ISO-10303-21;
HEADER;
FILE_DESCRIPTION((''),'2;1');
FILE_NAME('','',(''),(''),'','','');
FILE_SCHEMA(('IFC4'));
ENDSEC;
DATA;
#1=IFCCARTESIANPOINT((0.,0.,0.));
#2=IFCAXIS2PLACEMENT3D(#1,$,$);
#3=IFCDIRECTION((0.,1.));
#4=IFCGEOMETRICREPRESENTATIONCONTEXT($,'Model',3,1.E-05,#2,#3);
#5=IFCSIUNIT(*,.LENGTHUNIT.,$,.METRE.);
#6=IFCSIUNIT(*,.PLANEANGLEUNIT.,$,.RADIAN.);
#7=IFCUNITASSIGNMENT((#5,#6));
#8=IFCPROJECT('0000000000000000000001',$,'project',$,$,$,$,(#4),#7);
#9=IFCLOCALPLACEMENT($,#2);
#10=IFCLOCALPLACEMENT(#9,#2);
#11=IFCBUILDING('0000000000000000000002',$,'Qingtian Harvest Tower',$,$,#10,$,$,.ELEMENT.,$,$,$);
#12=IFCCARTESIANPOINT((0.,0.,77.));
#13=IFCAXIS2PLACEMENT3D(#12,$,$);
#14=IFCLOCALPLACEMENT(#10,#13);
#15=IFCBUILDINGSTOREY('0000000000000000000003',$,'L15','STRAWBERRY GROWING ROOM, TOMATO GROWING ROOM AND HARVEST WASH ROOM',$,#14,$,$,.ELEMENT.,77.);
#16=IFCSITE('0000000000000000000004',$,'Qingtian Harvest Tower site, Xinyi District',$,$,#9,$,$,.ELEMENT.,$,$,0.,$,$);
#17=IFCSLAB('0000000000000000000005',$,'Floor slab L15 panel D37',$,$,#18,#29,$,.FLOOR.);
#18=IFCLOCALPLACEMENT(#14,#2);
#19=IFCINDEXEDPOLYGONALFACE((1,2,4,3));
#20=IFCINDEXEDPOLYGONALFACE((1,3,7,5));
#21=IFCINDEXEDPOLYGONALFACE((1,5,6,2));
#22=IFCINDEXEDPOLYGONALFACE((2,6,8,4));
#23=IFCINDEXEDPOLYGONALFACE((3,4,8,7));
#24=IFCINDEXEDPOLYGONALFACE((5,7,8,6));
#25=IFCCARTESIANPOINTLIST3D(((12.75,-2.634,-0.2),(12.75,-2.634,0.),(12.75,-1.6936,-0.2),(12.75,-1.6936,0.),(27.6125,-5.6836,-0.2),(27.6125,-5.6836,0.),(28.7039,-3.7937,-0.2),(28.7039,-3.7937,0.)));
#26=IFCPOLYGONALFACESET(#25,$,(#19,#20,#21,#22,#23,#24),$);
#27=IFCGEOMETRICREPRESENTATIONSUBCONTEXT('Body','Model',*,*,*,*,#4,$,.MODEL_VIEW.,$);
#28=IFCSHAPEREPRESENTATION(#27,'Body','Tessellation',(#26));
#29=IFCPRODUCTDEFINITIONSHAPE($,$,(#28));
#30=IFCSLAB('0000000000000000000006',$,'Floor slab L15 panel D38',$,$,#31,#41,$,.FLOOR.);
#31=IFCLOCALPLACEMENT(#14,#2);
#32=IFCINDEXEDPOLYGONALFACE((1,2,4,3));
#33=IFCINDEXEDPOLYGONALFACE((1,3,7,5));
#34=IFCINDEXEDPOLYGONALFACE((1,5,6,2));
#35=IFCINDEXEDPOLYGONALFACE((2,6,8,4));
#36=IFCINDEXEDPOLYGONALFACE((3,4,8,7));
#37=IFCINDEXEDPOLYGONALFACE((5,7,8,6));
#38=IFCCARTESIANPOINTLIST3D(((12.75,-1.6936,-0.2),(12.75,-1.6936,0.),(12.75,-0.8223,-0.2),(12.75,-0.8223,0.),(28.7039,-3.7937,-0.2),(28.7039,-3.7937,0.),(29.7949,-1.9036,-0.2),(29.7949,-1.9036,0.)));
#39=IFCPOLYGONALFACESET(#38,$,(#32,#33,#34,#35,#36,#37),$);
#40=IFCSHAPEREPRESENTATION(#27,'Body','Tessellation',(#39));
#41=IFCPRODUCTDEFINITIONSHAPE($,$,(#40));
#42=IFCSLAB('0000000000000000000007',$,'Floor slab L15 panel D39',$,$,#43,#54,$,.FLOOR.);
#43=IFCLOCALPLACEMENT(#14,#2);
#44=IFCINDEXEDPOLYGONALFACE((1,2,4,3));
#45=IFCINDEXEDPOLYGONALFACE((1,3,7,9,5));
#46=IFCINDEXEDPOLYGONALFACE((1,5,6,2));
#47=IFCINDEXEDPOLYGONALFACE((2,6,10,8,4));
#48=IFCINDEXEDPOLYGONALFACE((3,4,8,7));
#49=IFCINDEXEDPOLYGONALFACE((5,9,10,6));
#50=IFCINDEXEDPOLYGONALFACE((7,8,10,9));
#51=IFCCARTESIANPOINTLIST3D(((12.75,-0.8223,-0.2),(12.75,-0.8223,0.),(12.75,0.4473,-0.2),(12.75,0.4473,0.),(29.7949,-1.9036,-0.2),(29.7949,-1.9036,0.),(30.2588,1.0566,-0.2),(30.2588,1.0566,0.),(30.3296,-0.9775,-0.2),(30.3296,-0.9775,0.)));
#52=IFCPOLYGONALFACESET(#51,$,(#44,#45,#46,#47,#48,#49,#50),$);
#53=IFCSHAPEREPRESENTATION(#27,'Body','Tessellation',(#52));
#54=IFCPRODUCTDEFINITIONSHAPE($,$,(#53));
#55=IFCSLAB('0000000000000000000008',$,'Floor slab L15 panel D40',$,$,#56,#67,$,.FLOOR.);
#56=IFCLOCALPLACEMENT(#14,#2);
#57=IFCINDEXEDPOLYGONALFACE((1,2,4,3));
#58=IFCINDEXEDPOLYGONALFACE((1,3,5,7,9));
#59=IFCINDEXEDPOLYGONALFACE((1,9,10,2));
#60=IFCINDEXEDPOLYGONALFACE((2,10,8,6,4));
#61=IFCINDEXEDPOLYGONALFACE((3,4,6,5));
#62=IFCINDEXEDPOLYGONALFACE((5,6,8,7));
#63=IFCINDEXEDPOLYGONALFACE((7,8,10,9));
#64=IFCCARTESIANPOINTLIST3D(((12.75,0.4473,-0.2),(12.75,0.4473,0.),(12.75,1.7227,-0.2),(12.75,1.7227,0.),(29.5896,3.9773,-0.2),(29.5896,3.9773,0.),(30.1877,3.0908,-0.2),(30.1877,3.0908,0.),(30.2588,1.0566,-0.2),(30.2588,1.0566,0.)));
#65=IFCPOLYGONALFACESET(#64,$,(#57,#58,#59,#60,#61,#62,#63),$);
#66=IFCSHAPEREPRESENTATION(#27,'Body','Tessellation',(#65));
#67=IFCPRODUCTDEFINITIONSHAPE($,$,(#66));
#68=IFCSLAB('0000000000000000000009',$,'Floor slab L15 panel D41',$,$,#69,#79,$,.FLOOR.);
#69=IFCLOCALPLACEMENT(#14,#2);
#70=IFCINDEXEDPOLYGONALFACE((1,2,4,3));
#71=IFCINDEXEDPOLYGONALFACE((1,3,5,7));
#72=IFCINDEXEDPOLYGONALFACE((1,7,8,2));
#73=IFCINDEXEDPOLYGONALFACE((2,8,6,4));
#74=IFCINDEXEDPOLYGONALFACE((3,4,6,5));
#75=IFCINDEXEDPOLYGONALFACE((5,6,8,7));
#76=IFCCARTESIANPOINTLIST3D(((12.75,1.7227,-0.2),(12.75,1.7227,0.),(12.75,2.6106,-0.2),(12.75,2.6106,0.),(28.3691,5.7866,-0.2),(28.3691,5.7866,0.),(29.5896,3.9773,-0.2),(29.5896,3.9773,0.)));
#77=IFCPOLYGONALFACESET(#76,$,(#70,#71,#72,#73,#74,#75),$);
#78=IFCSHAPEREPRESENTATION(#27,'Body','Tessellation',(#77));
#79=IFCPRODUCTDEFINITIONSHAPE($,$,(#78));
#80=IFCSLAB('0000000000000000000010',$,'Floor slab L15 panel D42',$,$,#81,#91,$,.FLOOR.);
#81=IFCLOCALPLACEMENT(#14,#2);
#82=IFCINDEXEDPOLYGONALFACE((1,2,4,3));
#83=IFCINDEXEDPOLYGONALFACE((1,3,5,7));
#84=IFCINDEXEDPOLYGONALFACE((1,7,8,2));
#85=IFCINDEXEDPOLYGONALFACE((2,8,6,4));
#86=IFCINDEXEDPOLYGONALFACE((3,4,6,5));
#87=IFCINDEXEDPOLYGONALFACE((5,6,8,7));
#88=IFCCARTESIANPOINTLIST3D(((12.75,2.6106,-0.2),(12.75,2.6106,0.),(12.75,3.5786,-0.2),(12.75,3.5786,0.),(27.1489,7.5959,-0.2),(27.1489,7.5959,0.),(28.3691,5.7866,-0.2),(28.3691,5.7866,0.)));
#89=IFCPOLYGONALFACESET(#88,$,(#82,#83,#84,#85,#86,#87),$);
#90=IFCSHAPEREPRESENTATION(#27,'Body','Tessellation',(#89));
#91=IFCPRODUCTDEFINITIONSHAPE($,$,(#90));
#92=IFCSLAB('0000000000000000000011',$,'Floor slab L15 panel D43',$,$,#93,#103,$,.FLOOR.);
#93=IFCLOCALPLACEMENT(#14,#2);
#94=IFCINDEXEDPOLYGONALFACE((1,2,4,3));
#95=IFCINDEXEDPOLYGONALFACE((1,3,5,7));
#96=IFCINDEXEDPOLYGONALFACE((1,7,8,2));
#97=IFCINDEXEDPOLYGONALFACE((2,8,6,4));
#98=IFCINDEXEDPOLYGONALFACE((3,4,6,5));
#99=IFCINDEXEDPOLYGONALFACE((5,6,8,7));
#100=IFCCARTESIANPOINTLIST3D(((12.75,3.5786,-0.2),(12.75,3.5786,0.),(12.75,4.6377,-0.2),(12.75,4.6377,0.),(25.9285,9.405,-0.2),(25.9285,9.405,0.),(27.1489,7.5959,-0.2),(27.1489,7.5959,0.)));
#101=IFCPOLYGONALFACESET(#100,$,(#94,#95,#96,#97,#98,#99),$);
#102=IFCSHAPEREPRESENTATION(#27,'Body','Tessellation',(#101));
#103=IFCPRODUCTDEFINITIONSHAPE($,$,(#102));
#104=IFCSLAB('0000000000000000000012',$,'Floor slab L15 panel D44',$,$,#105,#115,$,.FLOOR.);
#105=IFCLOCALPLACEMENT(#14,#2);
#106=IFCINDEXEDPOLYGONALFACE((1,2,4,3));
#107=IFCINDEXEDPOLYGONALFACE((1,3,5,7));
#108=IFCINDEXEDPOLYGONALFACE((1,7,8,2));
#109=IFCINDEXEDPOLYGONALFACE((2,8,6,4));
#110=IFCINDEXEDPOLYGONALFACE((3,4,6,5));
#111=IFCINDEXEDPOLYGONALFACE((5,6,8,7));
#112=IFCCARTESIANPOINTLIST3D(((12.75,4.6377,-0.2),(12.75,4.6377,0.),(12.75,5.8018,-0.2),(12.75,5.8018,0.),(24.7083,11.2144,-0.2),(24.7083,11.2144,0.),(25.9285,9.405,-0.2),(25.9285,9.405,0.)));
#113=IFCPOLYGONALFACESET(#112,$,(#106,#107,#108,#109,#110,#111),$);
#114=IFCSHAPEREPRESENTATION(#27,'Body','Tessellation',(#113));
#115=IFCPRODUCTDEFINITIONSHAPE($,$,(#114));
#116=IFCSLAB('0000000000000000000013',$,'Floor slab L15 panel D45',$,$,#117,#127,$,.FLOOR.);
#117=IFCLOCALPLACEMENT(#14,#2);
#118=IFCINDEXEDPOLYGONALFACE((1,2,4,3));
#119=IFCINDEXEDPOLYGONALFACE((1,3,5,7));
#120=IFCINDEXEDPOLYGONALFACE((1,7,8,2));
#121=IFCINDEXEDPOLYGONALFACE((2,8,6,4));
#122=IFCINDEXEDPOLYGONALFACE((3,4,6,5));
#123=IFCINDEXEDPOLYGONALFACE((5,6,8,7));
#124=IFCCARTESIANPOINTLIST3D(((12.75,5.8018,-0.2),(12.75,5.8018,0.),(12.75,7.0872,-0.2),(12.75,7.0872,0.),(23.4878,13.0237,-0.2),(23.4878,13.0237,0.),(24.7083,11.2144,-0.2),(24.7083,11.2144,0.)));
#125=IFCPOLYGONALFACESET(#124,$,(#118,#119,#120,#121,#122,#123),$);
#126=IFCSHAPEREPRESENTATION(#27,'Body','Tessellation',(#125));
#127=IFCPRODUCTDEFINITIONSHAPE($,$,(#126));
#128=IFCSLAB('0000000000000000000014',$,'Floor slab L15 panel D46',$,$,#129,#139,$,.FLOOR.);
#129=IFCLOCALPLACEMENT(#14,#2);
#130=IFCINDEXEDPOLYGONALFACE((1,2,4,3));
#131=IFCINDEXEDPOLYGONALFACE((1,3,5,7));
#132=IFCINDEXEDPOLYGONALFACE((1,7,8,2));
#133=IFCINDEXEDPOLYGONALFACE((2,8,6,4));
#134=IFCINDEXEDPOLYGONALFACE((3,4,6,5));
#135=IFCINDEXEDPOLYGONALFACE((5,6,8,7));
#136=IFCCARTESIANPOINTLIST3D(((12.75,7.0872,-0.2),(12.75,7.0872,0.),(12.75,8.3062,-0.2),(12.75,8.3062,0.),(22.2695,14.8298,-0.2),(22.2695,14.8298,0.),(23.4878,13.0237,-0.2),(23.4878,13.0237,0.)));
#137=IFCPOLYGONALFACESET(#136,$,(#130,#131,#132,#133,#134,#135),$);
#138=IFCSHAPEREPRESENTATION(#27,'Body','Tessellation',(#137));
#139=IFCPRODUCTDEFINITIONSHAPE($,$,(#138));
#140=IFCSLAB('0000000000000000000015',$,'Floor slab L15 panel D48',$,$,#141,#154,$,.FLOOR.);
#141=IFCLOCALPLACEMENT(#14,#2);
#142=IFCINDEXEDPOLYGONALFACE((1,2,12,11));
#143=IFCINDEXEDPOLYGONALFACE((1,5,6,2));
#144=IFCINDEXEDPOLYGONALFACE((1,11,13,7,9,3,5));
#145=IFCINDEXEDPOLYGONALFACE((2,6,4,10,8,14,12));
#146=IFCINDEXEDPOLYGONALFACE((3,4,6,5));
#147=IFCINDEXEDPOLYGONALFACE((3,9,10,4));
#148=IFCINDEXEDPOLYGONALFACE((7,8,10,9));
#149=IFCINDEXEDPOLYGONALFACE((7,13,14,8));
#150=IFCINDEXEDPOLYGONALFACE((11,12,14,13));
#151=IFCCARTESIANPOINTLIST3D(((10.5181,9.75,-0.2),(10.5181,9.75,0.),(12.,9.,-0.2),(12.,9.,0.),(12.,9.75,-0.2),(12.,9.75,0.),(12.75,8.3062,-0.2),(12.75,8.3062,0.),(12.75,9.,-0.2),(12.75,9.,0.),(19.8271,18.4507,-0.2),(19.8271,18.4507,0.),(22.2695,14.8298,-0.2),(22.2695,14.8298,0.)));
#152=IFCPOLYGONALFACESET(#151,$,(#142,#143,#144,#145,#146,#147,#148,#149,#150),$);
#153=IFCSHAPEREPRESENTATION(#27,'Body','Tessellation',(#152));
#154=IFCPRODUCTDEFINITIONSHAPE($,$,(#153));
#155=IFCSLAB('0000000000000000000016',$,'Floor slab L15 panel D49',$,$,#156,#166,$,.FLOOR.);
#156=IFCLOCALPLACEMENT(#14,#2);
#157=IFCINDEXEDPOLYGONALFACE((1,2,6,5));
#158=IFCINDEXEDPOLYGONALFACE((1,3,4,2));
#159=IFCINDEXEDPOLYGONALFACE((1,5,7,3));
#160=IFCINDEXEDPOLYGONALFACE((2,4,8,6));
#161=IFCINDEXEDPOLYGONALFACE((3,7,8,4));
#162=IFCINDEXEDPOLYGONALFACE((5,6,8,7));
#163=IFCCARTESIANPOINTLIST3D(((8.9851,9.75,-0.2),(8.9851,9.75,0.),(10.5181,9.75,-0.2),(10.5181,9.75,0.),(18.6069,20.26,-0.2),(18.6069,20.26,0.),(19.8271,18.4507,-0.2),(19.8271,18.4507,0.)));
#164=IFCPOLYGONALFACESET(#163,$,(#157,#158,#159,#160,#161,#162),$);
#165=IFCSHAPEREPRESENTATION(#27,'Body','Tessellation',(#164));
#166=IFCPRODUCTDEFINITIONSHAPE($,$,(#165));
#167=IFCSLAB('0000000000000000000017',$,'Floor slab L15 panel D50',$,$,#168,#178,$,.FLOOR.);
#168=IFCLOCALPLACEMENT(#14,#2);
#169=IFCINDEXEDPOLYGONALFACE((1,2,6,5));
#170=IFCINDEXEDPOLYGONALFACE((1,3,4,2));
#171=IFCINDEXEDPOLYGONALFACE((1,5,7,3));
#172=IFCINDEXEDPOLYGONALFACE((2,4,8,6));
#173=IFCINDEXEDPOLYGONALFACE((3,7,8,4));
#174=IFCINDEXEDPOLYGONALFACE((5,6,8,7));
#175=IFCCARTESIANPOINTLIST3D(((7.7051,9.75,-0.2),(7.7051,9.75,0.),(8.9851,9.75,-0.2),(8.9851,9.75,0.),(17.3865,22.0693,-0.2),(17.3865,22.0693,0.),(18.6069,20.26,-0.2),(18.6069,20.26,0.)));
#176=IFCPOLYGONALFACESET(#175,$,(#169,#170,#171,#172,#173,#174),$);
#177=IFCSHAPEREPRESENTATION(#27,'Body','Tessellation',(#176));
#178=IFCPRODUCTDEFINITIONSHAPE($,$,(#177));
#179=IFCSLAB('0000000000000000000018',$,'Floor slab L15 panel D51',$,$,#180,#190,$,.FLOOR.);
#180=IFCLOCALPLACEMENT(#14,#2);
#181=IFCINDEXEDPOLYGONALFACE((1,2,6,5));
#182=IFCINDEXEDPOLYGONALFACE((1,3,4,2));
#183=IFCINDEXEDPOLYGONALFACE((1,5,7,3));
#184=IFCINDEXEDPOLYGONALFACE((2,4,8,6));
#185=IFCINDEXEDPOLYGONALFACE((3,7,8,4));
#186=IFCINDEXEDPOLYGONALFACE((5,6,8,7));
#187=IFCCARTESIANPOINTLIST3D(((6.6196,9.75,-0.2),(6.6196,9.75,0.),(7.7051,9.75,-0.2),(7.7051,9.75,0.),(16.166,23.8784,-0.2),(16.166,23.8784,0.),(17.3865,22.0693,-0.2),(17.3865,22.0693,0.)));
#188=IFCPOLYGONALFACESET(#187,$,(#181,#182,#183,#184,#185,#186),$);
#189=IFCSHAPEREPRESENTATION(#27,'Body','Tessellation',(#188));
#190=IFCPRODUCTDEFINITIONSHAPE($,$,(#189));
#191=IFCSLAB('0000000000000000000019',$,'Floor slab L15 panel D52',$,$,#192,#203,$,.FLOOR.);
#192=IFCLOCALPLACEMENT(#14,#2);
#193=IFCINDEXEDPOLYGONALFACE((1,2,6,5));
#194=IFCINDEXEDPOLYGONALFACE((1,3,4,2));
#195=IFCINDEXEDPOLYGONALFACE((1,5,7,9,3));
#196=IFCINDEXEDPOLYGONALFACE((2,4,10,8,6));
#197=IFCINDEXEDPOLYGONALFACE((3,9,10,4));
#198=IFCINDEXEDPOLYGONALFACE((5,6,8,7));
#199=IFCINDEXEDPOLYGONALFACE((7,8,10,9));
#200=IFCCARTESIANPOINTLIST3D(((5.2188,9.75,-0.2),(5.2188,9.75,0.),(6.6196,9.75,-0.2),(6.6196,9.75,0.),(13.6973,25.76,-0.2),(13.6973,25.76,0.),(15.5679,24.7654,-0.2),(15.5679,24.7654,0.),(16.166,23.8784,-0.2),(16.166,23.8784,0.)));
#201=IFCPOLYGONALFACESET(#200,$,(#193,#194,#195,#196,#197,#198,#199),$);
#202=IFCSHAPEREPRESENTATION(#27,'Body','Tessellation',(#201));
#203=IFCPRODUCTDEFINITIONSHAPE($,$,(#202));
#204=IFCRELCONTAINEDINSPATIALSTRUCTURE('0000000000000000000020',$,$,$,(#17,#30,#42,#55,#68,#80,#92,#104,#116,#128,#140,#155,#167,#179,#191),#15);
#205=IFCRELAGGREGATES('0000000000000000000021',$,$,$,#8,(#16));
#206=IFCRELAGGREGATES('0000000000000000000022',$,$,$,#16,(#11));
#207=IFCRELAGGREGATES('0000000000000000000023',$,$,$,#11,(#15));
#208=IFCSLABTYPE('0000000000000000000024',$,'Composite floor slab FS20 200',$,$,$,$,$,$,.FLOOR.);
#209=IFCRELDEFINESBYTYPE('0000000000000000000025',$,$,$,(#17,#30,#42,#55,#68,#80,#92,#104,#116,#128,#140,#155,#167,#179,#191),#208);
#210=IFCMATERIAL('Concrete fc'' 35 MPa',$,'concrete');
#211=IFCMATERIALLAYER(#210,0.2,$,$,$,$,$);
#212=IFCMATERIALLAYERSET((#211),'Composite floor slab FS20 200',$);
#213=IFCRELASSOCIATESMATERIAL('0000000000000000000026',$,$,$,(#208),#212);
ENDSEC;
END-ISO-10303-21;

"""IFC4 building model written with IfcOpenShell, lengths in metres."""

from ifc_helpers import new_model, si_unit, direction, frame, origin, place, context, subcontext, project, spatial, polyline, outline, extrude, material, layer, layer_set, type_object, element, save


model = new_model("IFC4")

# Units and contexts
model_context = context("Model", 3, precision=1e-05, world=origin(), true_north=direction((0.0, 1.0)))
body_context = subcontext(model_context, "Body", "Model", "MODEL_VIEW")
ifc_project = project(units=[si_unit("LENGTHUNIT", "METRE"), si_unit("PLANEANGLEUNIT", "RADIAN")], contexts=[model_context])

# Site, building, storey
site_placement = place(None, origin())
site = spatial("IfcSite", under=ifc_project, at=site_placement, Name="Qingtian Harvest Tower site, Xinyi District", CompositionType="ELEMENT", RefElevation=0.0)
building_placement = place(site_placement, origin())
building = spatial("IfcBuilding", under=site, at=building_placement, Name="Qingtian Harvest Tower", CompositionType="ELEMENT")
storey_placement = place(building_placement, frame((0.0, 0.0, 77.0)))
storey = spatial("IfcBuildingStorey", under=building, at=storey_placement, Name="L15", Description="STRAWBERRY GROWING ROOM, TOMATO GROWING ROOM AND HARVEST WASH ROOM", CompositionType="ELEMENT", Elevation=77.0)

# Slabs
ifc_material_1 = material(Name="Concrete fc' 35 MPa", Category="concrete")
ifc_layer_1 = layer(ifc_material_1, 0.2)
ifc_layer_set_1 = layer_set([ifc_layer_1], Name="Composite floor slab FS20 200")
slab_type = type_object("IfcSlabType", Name="Composite floor slab FS20 200", PredefinedType="FLOOR", material=ifc_layer_set_1)
slab_1_placement = place(storey_placement, frame((0.0, 0.0, -0.2)))
element("IfcSlab", 1, at=slab_1_placement, inside=storey, type_object=slab_type, Name="Floor slab L15 panel D37", PredefinedType="FLOOR", context=body_context, shape_type="SweptSolid", body=[
    extrude(outline(polyline([(12.75, -1.6936), (28.7039, -3.7937), (27.6125, -5.6836), (12.75, -2.634), (12.75, -1.6936)])), origin(), (0.0, 0.0, 1.0), 0.2),
])
slab_2_placement = place(storey_placement, frame((0.0, 0.0, -0.2)))
element("IfcSlab", 2, at=slab_2_placement, inside=storey, type_object=slab_type, Name="Floor slab L15 panel D38", PredefinedType="FLOOR", context=body_context, shape_type="SweptSolid", body=[
    extrude(outline(polyline([(12.75, -0.8223), (29.7949, -1.9036), (28.7039, -3.7937), (12.75, -1.6936), (12.75, -0.8223)])), origin(), (0.0, 0.0, 1.0), 0.2),
])
slab_3_placement = place(storey_placement, frame((0.0, 0.0, -0.2)))
element("IfcSlab", 3, at=slab_3_placement, inside=storey, type_object=slab_type, Name="Floor slab L15 panel D39", PredefinedType="FLOOR", context=body_context, shape_type="SweptSolid", body=[
    extrude(outline(polyline([(12.75, -0.8223), (12.75, 0.4473), (30.2588, 1.0566), (30.3296, -0.9775), (29.7949, -1.9036), (12.75, -0.8223)])), origin(), (0.0, 0.0, 1.0), 0.2),
])
slab_4_placement = place(storey_placement, frame((0.0, 0.0, -0.2)))
element("IfcSlab", 4, at=slab_4_placement, inside=storey, type_object=slab_type, Name="Floor slab L15 panel D40", PredefinedType="FLOOR", context=body_context, shape_type="SweptSolid", body=[
    extrude(outline(polyline([(12.75, 0.4473), (12.75, 1.7227), (29.5896, 3.9773), (30.1877, 3.0908), (30.2588, 1.0566), (12.75, 0.4473)])), origin(), (0.0, 0.0, 1.0), 0.2),
])
slab_5_placement = place(storey_placement, frame((0.0, 0.0, -0.2)))
element("IfcSlab", 5, at=slab_5_placement, inside=storey, type_object=slab_type, Name="Floor slab L15 panel D41", PredefinedType="FLOOR", context=body_context, shape_type="SweptSolid", body=[
    extrude(outline(polyline([(12.75, 2.6106), (28.3691, 5.7866), (29.5896, 3.9773), (12.75, 1.7227), (12.75, 2.6106)])), origin(), (0.0, 0.0, 1.0), 0.2),
])
slab_6_placement = place(storey_placement, frame((0.0, 0.0, -0.2)))
element("IfcSlab", 6, at=slab_6_placement, inside=storey, type_object=slab_type, Name="Floor slab L15 panel D42", PredefinedType="FLOOR", context=body_context, shape_type="SweptSolid", body=[
    extrude(outline(polyline([(12.75, 3.5786), (27.1489, 7.5959), (28.3691, 5.7866), (12.75, 2.6106), (12.75, 3.5786)])), origin(), (0.0, 0.0, 1.0), 0.2),
])
slab_7_placement = place(storey_placement, frame((0.0, 0.0, -0.2)))
element("IfcSlab", 7, at=slab_7_placement, inside=storey, type_object=slab_type, Name="Floor slab L15 panel D43", PredefinedType="FLOOR", context=body_context, shape_type="SweptSolid", body=[
    extrude(outline(polyline([(12.75, 4.6377), (25.9285, 9.405), (27.1489, 7.5959), (12.75, 3.5786), (12.75, 4.6377)])), origin(), (0.0, 0.0, 1.0), 0.2),
])
slab_8_placement = place(storey_placement, frame((0.0, 0.0, -0.2)))
element("IfcSlab", 8, at=slab_8_placement, inside=storey, type_object=slab_type, Name="Floor slab L15 panel D44", PredefinedType="FLOOR", context=body_context, shape_type="SweptSolid", body=[
    extrude(outline(polyline([(12.75, 5.8018), (24.7083, 11.2144), (25.9285, 9.405), (12.75, 4.6377), (12.75, 5.8018)])), origin(), (0.0, 0.0, 1.0), 0.2),
])
slab_9_placement = place(storey_placement, frame((0.0, 0.0, -0.2)))
element("IfcSlab", 9, at=slab_9_placement, inside=storey, type_object=slab_type, Name="Floor slab L15 panel D45", PredefinedType="FLOOR", context=body_context, shape_type="SweptSolid", body=[
    extrude(outline(polyline([(12.75, 7.0872), (23.4878, 13.0237), (24.7083, 11.2144), (12.75, 5.8018), (12.75, 7.0872)])), origin(), (0.0, 0.0, 1.0), 0.2),
])
slab_10_placement = place(storey_placement, frame((0.0, 0.0, -0.2)))
element("IfcSlab", 10, at=slab_10_placement, inside=storey, type_object=slab_type, Name="Floor slab L15 panel D46", PredefinedType="FLOOR", context=body_context, shape_type="SweptSolid", body=[
    extrude(outline(polyline([(12.75, 8.3062), (22.2695, 14.8298), (23.4878, 13.0237), (12.75, 7.0872), (12.75, 8.3062)])), origin(), (0.0, 0.0, 1.0), 0.2),
])
slab_11_placement = place(storey_placement, frame((0.0, 0.0, -0.2)))
element("IfcSlab", 11, at=slab_11_placement, inside=storey, type_object=slab_type, Name="Floor slab L15 panel D48", PredefinedType="FLOOR", context=body_context, shape_type="SweptSolid", body=[
    extrude(outline(polyline([(19.8271, 18.4507), (22.2695, 14.8298), (12.75, 8.3062), (12.75, 9.0), (12.0, 9.0), (12.0, 9.75), (10.5181, 9.75), (19.8271, 18.4507)])), origin(), (0.0, 0.0, 1.0), 0.2),
])
slab_12_placement = place(storey_placement, frame((0.0, 0.0, -0.2)))
element("IfcSlab", 12, at=slab_12_placement, inside=storey, type_object=slab_type, Name="Floor slab L15 panel D49", PredefinedType="FLOOR", context=body_context, shape_type="SweptSolid", body=[
    extrude(outline(polyline([(8.9851, 9.75), (18.6069, 20.26), (19.8271, 18.4507), (10.5181, 9.75), (8.9851, 9.75)])), origin(), (0.0, 0.0, 1.0), 0.2),
])
slab_13_placement = place(storey_placement, frame((0.0, 0.0, -0.2)))
element("IfcSlab", 13, at=slab_13_placement, inside=storey, type_object=slab_type, Name="Floor slab L15 panel D50", PredefinedType="FLOOR", context=body_context, shape_type="SweptSolid", body=[
    extrude(outline(polyline([(7.7051, 9.75), (17.3865, 22.0693), (18.6069, 20.26), (8.9851, 9.75), (7.7051, 9.75)])), origin(), (0.0, 0.0, 1.0), 0.2),
])
slab_14_placement = place(storey_placement, frame((0.0, 0.0, -0.2)))
element("IfcSlab", 14, at=slab_14_placement, inside=storey, type_object=slab_type, Name="Floor slab L15 panel D51", PredefinedType="FLOOR", context=body_context, shape_type="SweptSolid", body=[
    extrude(outline(polyline([(6.6196, 9.75), (16.166, 23.8784), (17.3865, 22.0693), (7.7051, 9.75), (6.6196, 9.75)])), origin(), (0.0, 0.0, 1.0), 0.2),
])
slab_15_placement = place(storey_placement, frame((0.0, 0.0, -0.2)))
element("IfcSlab", 15, at=slab_15_placement, inside=storey, type_object=slab_type, Name="Floor slab L15 panel D52", PredefinedType="FLOOR", context=body_context, shape_type="SweptSolid", body=[
    extrude(outline(polyline([(6.6196, 9.75), (5.2188, 9.75), (13.6973, 25.76), (15.5679, 24.7654), (16.166, 23.8784), (6.6196, 9.75)])), origin(), (0.0, 0.0, 1.0), 0.2),
])

save(model, "model.ifc")
